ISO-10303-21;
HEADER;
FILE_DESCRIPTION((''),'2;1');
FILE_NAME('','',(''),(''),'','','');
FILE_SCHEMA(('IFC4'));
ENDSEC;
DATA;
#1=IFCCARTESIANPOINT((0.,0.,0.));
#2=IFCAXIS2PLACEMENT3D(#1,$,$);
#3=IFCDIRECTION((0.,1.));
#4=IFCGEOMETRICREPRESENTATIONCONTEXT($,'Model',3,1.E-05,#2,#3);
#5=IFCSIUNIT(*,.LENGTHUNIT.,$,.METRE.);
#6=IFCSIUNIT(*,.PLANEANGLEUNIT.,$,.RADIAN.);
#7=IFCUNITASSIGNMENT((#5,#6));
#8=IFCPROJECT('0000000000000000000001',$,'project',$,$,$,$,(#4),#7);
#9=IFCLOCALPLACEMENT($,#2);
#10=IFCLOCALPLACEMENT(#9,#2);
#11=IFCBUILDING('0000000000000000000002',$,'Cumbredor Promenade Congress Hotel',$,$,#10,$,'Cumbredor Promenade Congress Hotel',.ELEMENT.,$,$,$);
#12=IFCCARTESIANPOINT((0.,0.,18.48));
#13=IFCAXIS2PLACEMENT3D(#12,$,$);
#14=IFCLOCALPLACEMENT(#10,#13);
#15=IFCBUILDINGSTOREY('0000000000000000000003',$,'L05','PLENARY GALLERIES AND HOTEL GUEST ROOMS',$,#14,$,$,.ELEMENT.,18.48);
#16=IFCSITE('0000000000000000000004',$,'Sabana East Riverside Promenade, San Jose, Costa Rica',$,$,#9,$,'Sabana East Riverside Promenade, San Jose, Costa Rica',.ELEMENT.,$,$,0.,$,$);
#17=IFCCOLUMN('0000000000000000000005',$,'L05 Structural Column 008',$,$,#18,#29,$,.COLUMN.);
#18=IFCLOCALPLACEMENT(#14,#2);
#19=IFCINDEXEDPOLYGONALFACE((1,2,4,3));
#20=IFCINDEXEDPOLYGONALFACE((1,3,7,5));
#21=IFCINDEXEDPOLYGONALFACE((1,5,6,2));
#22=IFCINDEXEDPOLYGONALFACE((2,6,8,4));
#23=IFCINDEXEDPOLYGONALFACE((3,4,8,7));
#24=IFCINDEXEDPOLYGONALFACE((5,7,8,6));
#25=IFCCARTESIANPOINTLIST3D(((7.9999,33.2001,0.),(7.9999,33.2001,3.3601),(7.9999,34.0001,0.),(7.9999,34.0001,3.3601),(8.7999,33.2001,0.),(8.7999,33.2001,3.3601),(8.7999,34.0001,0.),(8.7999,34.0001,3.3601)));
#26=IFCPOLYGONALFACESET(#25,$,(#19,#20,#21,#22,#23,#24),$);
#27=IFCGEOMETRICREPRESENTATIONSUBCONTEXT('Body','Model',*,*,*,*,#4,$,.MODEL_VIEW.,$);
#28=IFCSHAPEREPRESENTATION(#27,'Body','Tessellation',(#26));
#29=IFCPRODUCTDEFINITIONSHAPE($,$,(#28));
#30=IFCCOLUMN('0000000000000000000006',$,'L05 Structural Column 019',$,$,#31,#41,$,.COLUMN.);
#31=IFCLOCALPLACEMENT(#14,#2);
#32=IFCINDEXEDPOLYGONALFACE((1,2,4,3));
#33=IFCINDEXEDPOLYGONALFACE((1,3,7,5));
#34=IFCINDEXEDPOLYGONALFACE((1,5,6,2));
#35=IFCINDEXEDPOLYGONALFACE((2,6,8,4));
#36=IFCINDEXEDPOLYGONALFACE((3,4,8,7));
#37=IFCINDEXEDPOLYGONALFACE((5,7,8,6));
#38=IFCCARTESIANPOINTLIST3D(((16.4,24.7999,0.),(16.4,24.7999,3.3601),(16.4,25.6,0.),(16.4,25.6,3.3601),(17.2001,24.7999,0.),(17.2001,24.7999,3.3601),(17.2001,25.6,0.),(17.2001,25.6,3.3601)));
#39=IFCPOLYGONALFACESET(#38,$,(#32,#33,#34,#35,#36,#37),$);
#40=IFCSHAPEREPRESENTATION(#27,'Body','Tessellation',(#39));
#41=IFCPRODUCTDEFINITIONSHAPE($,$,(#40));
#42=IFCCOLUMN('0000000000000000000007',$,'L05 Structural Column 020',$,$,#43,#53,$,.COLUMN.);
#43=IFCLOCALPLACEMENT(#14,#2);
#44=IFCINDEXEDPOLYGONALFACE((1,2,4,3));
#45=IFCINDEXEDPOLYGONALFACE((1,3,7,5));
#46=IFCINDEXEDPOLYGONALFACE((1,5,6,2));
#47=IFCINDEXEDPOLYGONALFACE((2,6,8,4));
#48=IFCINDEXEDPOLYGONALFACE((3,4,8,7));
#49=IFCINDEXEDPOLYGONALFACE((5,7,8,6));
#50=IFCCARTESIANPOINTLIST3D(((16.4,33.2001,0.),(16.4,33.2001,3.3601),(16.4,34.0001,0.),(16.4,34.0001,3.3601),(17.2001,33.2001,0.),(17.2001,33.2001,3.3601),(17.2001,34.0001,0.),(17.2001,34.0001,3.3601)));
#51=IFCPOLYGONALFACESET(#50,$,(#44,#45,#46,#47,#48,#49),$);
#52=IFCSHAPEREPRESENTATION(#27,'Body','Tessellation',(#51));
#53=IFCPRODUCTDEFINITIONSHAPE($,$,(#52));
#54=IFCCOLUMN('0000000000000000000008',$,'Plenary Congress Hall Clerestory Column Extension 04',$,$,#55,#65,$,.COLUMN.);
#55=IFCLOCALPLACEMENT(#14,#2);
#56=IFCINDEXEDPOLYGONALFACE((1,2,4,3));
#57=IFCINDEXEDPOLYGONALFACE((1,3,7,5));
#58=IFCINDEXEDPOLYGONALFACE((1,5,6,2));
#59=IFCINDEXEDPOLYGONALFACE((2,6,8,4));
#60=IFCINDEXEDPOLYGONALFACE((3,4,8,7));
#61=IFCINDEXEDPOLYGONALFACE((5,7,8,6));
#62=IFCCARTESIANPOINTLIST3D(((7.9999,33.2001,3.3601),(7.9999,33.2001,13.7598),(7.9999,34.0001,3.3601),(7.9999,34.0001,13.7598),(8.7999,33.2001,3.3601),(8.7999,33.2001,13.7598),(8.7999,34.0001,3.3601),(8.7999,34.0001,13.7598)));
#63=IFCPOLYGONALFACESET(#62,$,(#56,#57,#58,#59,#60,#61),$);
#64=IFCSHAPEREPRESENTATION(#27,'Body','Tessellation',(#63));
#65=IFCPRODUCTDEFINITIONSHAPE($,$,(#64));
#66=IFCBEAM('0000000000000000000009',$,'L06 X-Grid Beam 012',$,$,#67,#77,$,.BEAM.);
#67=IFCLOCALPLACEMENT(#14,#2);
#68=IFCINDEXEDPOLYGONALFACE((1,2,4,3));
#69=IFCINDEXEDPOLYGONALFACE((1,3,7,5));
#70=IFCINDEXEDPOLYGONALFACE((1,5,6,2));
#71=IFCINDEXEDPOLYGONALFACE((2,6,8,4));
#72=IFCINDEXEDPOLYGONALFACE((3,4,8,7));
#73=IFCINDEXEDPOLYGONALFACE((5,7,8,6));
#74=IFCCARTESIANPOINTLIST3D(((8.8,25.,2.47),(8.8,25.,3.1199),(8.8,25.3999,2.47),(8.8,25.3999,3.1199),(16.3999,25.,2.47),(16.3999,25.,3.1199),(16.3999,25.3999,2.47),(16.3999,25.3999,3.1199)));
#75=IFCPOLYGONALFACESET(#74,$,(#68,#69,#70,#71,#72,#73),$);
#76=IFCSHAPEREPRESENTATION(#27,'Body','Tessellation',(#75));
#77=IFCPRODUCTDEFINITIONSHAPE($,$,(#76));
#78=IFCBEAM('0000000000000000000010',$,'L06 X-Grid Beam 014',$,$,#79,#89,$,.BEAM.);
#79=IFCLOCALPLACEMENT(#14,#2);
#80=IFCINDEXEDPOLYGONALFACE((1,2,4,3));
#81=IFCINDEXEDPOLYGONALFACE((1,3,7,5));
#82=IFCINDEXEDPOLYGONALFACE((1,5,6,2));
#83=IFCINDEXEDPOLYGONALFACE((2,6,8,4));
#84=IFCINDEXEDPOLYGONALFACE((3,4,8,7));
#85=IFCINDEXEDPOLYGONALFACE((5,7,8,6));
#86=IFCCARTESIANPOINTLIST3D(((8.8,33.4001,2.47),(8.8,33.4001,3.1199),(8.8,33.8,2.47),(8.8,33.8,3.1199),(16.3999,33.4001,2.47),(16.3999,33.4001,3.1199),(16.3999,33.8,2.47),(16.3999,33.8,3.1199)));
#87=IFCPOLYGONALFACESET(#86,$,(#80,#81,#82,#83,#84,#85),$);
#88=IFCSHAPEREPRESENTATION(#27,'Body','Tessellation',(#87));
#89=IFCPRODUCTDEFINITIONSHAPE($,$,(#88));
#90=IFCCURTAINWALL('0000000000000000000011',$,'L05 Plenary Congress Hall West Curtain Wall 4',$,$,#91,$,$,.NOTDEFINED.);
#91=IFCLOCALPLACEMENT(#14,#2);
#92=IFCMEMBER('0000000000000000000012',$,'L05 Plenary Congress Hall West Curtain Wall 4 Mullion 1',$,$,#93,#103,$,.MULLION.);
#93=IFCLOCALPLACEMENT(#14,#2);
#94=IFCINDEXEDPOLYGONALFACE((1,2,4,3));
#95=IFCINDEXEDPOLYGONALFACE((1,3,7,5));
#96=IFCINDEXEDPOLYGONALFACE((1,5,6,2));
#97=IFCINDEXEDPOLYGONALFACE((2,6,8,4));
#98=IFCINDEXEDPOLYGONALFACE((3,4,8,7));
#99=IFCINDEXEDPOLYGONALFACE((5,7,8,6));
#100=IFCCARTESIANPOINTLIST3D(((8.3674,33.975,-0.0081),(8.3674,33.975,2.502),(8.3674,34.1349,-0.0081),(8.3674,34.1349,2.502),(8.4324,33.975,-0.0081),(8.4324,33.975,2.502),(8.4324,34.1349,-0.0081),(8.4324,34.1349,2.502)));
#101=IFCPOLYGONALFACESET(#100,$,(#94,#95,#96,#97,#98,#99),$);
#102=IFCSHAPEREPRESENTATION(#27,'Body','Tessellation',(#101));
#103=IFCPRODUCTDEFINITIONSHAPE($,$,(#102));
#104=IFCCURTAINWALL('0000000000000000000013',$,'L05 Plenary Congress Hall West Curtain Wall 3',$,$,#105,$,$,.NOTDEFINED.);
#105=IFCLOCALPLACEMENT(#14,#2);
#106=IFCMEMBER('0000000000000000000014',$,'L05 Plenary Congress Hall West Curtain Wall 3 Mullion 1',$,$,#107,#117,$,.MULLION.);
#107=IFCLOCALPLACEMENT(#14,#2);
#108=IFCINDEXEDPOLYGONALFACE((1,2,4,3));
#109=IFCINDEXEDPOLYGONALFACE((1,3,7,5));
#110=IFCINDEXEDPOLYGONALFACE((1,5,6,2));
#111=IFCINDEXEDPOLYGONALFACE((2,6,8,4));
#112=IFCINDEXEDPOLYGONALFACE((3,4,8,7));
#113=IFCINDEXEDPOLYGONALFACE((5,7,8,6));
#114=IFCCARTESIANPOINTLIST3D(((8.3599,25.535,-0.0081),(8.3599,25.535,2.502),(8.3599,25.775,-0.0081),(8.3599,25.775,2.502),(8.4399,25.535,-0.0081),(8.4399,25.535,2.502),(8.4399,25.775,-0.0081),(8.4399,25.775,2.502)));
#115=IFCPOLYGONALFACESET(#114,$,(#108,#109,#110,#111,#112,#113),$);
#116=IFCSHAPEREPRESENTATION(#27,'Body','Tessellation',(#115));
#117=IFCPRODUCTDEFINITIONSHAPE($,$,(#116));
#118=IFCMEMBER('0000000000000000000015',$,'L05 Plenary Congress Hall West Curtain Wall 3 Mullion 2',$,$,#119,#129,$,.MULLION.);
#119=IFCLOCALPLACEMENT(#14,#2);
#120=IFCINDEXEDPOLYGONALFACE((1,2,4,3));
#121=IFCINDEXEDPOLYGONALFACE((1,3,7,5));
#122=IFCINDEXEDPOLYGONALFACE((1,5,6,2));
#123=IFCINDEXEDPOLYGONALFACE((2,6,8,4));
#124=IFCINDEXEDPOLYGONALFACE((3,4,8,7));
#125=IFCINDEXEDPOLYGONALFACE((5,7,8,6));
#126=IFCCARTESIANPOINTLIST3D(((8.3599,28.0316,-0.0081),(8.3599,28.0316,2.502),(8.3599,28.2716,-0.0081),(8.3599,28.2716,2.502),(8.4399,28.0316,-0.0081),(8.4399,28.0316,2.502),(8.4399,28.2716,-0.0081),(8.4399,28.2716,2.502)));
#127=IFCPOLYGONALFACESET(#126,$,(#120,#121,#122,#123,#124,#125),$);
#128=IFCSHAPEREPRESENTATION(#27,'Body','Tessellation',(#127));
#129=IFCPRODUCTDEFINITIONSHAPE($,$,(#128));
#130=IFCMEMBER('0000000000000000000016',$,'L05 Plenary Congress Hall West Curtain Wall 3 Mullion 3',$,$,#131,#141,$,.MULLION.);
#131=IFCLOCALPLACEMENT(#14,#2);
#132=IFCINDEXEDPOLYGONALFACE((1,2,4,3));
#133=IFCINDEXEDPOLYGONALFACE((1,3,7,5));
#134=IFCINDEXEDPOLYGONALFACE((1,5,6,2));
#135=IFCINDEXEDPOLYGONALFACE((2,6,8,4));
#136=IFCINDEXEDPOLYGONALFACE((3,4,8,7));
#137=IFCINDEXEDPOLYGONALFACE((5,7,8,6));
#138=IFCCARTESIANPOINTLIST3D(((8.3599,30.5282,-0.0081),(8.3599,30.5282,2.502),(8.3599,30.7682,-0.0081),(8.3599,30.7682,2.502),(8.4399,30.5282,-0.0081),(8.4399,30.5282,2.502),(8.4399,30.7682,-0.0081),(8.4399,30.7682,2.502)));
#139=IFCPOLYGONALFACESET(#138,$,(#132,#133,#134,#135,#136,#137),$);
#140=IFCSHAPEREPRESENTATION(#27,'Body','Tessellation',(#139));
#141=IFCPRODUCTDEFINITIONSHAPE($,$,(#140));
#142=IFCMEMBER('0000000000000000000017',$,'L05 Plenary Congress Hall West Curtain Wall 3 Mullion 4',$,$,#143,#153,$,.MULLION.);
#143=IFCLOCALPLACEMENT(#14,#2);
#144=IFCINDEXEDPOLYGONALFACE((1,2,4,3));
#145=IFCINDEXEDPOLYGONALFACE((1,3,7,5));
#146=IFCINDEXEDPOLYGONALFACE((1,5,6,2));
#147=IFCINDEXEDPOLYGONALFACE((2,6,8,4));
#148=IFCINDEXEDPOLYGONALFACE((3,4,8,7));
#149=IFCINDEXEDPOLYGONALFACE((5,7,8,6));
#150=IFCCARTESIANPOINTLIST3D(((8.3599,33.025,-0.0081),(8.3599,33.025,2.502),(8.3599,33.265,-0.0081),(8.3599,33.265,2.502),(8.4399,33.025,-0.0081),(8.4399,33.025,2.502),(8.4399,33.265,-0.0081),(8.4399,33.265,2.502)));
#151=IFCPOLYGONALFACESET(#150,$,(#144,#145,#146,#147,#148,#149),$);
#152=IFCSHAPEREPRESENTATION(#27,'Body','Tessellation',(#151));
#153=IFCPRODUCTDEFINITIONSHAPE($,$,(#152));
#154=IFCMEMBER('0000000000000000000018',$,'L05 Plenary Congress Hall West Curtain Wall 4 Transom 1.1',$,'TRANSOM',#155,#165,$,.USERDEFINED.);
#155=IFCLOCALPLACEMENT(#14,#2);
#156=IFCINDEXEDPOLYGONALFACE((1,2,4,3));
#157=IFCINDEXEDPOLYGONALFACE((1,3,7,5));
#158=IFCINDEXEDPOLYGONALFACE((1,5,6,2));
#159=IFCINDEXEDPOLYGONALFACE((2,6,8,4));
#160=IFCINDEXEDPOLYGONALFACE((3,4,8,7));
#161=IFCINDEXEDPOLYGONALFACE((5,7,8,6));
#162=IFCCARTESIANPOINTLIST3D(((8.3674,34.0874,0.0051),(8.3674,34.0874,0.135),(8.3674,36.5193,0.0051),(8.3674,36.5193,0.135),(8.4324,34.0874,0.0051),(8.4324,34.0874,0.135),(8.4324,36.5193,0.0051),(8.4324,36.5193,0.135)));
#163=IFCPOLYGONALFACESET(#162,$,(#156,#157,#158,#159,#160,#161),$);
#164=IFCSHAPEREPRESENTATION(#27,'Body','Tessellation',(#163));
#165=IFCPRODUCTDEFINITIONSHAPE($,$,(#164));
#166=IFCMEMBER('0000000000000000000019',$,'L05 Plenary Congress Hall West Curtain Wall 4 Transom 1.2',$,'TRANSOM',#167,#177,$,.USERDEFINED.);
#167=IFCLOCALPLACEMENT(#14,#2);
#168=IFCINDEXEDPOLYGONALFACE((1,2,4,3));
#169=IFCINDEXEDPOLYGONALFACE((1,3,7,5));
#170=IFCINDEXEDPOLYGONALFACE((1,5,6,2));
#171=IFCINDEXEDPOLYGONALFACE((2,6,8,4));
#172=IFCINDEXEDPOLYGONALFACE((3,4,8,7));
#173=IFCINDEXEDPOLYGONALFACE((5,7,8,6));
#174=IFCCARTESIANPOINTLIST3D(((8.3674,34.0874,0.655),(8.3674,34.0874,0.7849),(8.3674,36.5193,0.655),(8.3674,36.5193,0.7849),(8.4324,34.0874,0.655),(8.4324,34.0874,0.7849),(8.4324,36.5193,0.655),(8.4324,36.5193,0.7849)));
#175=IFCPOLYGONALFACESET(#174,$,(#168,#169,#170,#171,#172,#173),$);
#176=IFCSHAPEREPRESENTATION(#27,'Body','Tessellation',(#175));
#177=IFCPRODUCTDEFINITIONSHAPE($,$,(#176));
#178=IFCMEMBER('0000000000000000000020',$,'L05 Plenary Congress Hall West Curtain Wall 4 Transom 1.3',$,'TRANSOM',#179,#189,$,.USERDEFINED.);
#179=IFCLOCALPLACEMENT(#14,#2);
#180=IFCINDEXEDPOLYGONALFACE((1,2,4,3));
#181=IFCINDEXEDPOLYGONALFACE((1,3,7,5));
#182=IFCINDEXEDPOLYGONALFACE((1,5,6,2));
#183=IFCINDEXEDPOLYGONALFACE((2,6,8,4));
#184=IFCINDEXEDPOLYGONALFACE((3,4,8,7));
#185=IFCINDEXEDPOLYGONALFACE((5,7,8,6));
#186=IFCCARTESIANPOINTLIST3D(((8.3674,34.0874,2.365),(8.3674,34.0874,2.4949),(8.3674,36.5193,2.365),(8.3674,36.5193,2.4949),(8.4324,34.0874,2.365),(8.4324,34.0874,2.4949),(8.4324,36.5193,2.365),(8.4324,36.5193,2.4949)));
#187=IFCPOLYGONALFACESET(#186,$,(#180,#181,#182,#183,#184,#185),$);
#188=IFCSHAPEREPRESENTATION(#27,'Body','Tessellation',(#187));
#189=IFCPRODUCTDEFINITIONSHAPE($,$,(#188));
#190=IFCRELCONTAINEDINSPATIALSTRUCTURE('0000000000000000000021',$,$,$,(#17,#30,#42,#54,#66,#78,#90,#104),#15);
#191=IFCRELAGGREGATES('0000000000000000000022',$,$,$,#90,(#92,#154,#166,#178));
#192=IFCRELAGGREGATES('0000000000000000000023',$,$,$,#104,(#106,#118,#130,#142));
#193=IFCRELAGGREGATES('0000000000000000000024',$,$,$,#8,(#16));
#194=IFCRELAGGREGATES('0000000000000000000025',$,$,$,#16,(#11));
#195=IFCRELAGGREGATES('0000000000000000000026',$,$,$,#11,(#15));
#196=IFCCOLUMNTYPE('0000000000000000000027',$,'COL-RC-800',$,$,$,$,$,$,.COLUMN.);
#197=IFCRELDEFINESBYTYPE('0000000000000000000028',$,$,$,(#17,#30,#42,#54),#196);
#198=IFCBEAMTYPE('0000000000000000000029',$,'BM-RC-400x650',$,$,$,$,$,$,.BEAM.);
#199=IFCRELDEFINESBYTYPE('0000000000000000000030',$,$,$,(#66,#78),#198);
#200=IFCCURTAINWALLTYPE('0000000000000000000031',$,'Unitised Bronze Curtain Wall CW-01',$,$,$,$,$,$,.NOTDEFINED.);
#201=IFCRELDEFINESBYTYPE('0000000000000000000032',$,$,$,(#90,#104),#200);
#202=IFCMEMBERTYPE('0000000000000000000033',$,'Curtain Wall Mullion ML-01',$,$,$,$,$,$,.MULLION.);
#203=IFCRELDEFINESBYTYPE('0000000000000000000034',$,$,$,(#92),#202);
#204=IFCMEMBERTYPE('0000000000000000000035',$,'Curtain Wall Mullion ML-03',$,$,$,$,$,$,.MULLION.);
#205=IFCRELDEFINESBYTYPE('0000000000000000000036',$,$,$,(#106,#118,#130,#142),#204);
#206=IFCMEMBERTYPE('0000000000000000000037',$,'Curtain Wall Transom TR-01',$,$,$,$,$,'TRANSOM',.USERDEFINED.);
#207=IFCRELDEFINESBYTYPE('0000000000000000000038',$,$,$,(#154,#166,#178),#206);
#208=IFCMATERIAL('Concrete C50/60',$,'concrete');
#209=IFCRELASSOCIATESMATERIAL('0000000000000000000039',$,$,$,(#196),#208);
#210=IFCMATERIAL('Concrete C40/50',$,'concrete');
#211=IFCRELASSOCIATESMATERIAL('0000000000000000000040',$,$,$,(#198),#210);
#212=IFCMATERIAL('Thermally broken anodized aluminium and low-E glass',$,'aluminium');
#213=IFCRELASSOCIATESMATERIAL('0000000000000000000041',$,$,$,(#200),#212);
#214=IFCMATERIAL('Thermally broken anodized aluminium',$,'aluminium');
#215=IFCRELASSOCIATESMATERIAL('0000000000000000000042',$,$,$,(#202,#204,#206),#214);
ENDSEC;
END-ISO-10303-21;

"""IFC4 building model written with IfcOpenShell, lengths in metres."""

from ifc_helpers import new_model, si_unit, direction, frame, origin, origin_2d, place, context, subcontext, project, spatial, rectangle, extrude, material, material_profile, profile_set, type_object, element, aggregate, save


model = new_model("IFC4")

# Units and contexts
model_context = context("Model", 3, precision=1e-05, world=origin(), true_north=direction((0.0, 1.0)))
body_context = subcontext(model_context, "Body", "Model", "MODEL_VIEW")
ifc_project = project(units=[si_unit("LENGTHUNIT", "METRE"), si_unit("PLANEANGLEUNIT", "RADIAN")], contexts=[model_context])

# Site, building, storey
site_placement = place(None, origin())
site = spatial("IfcSite", under=ifc_project, at=site_placement, Name="Sabana East Riverside Promenade, San Jose, Costa Rica", LongName="Sabana East Riverside Promenade, San Jose, Costa Rica", CompositionType="ELEMENT", RefElevation=0.0)
building_placement = place(site_placement, origin())
building = spatial("IfcBuilding", under=site, at=building_placement, Name="Cumbredor Promenade Congress Hotel", LongName="Cumbredor Promenade Congress Hotel", CompositionType="ELEMENT")
storey_placement = place(building_placement, frame((0.0, 0.0, 18.48)))
storey = spatial("IfcBuildingStorey", under=building, at=storey_placement, Name="L05", Description="PLENARY GALLERIES AND HOTEL GUEST ROOMS", CompositionType="ELEMENT", Elevation=18.48)

# Columns
ifc_material_1 = material(Name="Concrete C50/60", Category="concrete")
ifc_material_profile_1 = material_profile(ifc_material_1, rectangle(XDim=0.8, YDim=0.8, at=origin_2d()), Name="RC 800x800")
ifc_profile_set_1 = profile_set([ifc_material_profile_1], Name="Concrete C50/60")
column_type = type_object("IfcColumnType", Name="COL-RC-800", PredefinedType="COLUMN", material=ifc_profile_set_1)
for number, where, z_axis, x_axis, name in (
    (1, (8.3999, 33.6001, 0.0), (0.0, 0.0, 1.0), (1.0, 0.0, 0.0), "L05 Structural Column 008"),
    (2, (16.8, 25.2, 0.0), (0.0, 0.0, 1.0), (1.0, 0.0, 0.0), "L05 Structural Column 019"),
    (3, (16.8, 33.6001, 0.0), (0.0, 0.0, 1.0), (1.0, 0.0, 0.0), "L05 Structural Column 020"),
):
    element("IfcColumn", number, at=place(storey_placement, frame(where, z_axis=z_axis, x_axis=x_axis)), inside=storey, type_object=column_type, Name=name, PredefinedType="COLUMN", context=body_context, shape_type="SweptSolid", body=[
        extrude(rectangle(XDim=0.8, YDim=0.8, at=origin_2d()), origin(), (0.0, 0.0, 1.0), 3.3601),
    ])
column_placement = place(storey_placement, frame((8.3999, 33.6001, 3.3601), z_axis=(0.0, 0.0, 1.0), x_axis=(1.0, 0.0, 0.0)))
element("IfcColumn", 4, at=column_placement, inside=storey, type_object=column_type, Name="Plenary Congress Hall Clerestory Column Extension 04", PredefinedType="COLUMN", context=body_context, shape_type="SweptSolid", body=[
    extrude(rectangle(XDim=0.8, YDim=0.8, at=origin_2d()), origin(), (0.0, 0.0, 1.0), 10.3997),
])

# Beams
ifc_material_2 = material(Name="Concrete C40/50", Category="concrete")
ifc_material_profile_2 = material_profile(ifc_material_2, rectangle(XDim=0.3999, YDim=0.6499, at=origin_2d()), Name="RC BEAM 400x650")
ifc_profile_set_2 = profile_set([ifc_material_profile_2], Name="Concrete C40/50")
beam_type_1 = type_object("IfcBeamType", Name="BM-RC-400x650", PredefinedType="BEAM", material=ifc_profile_set_2)
for number, where, z_axis, x_axis, name in (
    (5, (8.8, 25.2, 2.7949), (1.0, 0.0, 0.0), (0.0, 1.0, 0.0), "L06 X-Grid Beam 012"),
    (6, (8.8, 33.6001, 2.7949), (1.0, 0.0, 0.0), (0.0, 1.0, 0.0), "L06 X-Grid Beam 014"),
):
    element("IfcBeam", number, at=place(storey_placement, frame(where, z_axis=z_axis, x_axis=x_axis)), inside=storey, type_object=beam_type_1, Name=name, PredefinedType="BEAM", context=body_context, shape_type="SweptSolid", body=[
        extrude(rectangle(XDim=0.3999, YDim=0.6499, at=origin_2d()), origin(), (0.0, 0.0, 1.0), 7.5999),
    ])

# Curtain wall, member
ifc_material_3 = material(Name="Thermally broken anodized aluminium and low-E glass", Category="aluminium")
curtain_wall_type = type_object("IfcCurtainWallType", Name="Unitised Bronze Curtain Wall CW-01", PredefinedType="NOTDEFINED", material=ifc_material_3)
curtain_wall_1_placement = place(storey_placement, origin())
curtain_wall_1 = element("IfcCurtainWall", 7, at=curtain_wall_1_placement, inside=storey, type_object=curtain_wall_type, Name="L05 Plenary Congress Hall West Curtain Wall 4", PredefinedType="NOTDEFINED")
ifc_material_4 = material(Name="Thermally broken anodized aluminium", Category="aluminium")
ifc_material_profile_3 = material_profile(ifc_material_4, rectangle(XDim=0.0649, YDim=0.1599, at=origin_2d()), Name="ALU MULLION 65x160")
ifc_profile_set_3 = profile_set([ifc_material_profile_3], Name="Thermally broken anodized aluminium")
member_type_1 = type_object("IfcMemberType", Name="Curtain Wall Mullion ML-01", PredefinedType="MULLION", material=ifc_profile_set_3)
member_1_placement = place(storey_placement, frame((8.3999, 34.0549, -0.0081), z_axis=(0.0, 0.0, 1.0), x_axis=(1.0, 0.0, 0.0)))
member_1 = element("IfcMember", 8, at=member_1_placement, type_object=member_type_1, Name="L05 Plenary Congress Hall West Curtain Wall 4 Mullion 1", PredefinedType="MULLION", context=body_context, shape_type="SweptSolid", body=[
    extrude(rectangle(XDim=0.0649, YDim=0.1599, at=origin_2d()), origin(), (0.0, 0.0, 1.0), 2.51),
])

# Curtain wall, members
curtain_wall_2_placement = place(storey_placement, origin())
curtain_wall_2 = element("IfcCurtainWall", 9, at=curtain_wall_2_placement, inside=storey, type_object=curtain_wall_type, Name="L05 Plenary Congress Hall West Curtain Wall 3", PredefinedType="NOTDEFINED")
ifc_material_profile_4 = material_profile(ifc_material_4, rectangle(XDim=0.0801, YDim=0.24, at=origin_2d()), Name="ALU MULLION 80x240")
ifc_profile_set_4 = profile_set([ifc_material_profile_4], Name="Thermally broken anodized aluminium")
member_type_2 = type_object("IfcMemberType", Name="Curtain Wall Mullion ML-03", PredefinedType="MULLION", material=ifc_profile_set_4)
member_2_placement = place(storey_placement, frame((8.3999, 25.655, -0.0081), z_axis=(0.0, 0.0, 1.0), x_axis=(1.0, 0.0, 0.0)))
member_2 = element("IfcMember", 10, at=member_2_placement, type_object=member_type_2, Name="L05 Plenary Congress Hall West Curtain Wall 3 Mullion 1", PredefinedType="MULLION", context=body_context, shape_type="SweptSolid", body=[
    extrude(rectangle(XDim=0.0801, YDim=0.24, at=origin_2d()), origin(), (0.0, 0.0, 1.0), 2.51),
])
member_3_placement = place(storey_placement, frame((8.3999, 28.1516, -0.0081), z_axis=(0.0, 0.0, 1.0), x_axis=(1.0, 0.0, 0.0)))
member_3 = element("IfcMember", 11, at=member_3_placement, type_object=member_type_2, Name="L05 Plenary Congress Hall West Curtain Wall 3 Mullion 2", PredefinedType="MULLION", context=body_context, shape_type="SweptSolid", body=[
    extrude(rectangle(XDim=0.0801, YDim=0.24, at=origin_2d()), origin(), (0.0, 0.0, 1.0), 2.51),
])
member_4_placement = place(storey_placement, frame((8.3999, 30.6482, -0.0081), z_axis=(0.0, 0.0, 1.0), x_axis=(1.0, 0.0, 0.0)))
member_4 = element("IfcMember", 12, at=member_4_placement, type_object=member_type_2, Name="L05 Plenary Congress Hall West Curtain Wall 3 Mullion 3", PredefinedType="MULLION", context=body_context, shape_type="SweptSolid", body=[
    extrude(rectangle(XDim=0.0801, YDim=0.24, at=origin_2d()), origin(), (0.0, 0.0, 1.0), 2.51),
])
member_5_placement = place(storey_placement, frame((8.3999, 33.145, -0.0081), z_axis=(0.0, 0.0, 1.0), x_axis=(1.0, 0.0, 0.0)))
member_5 = element("IfcMember", 13, at=member_5_placement, type_object=member_type_2, Name="L05 Plenary Congress Hall West Curtain Wall 3 Mullion 4", PredefinedType="MULLION", context=body_context, shape_type="SweptSolid", body=[
    extrude(rectangle(XDim=0.0801, YDim=0.24, at=origin_2d()), origin(), (0.0, 0.0, 1.0), 2.51),
])

# Members
ifc_material_profile_5 = material_profile(ifc_material_4, rectangle(XDim=0.0649, YDim=0.1299, at=origin_2d()), Name="ALU TRANSOM 65x130")
ifc_profile_set_5 = profile_set([ifc_material_profile_5], Name="Thermally broken anodized aluminium")
member_type_3 = type_object("IfcMemberType", Name="Curtain Wall Transom TR-01", ElementType="TRANSOM", PredefinedType="USERDEFINED", material=ifc_profile_set_5)
member_6_placement = place(storey_placement, frame((8.3999, 34.0874, 0.0701), z_axis=(0.0, 1.0, 0.0), x_axis=(-1.0, 0.0, 0.0)))
member_6 = element("IfcMember", 14, at=member_6_placement, type_object=member_type_3, Name="L05 Plenary Congress Hall West Curtain Wall 4 Transom 1.1", ObjectType="TRANSOM", PredefinedType="USERDEFINED", context=body_context, shape_type="SweptSolid", body=[
    extrude(rectangle(XDim=0.0649, YDim=0.1299, at=origin_2d()), origin(), (0.0, 0.0, 1.0), 2.4319),
])
member_7_placement = place(storey_placement, frame((8.3999, 34.0874, 0.72), z_axis=(0.0, 1.0, 0.0), x_axis=(-1.0, 0.0, 0.0)))
member_7 = element("IfcMember", 15, at=member_7_placement, type_object=member_type_3, Name="L05 Plenary Congress Hall West Curtain Wall 4 Transom 1.2", ObjectType="TRANSOM", PredefinedType="USERDEFINED", context=body_context, shape_type="SweptSolid", body=[
    extrude(rectangle(XDim=0.0649, YDim=0.1299, at=origin_2d()), origin(), (0.0, 0.0, 1.0), 2.4319),
])
member_8_placement = place(storey_placement, frame((8.3999, 34.0874, 2.4299), z_axis=(0.0, 1.0, 0.0), x_axis=(-1.0, 0.0, 0.0)))
member_8 = element("IfcMember", 16, at=member_8_placement, type_object=member_type_3, Name="L05 Plenary Congress Hall West Curtain Wall 4 Transom 1.3", ObjectType="TRANSOM", PredefinedType="USERDEFINED", context=body_context, shape_type="SweptSolid", body=[
    extrude(rectangle(XDim=0.0649, YDim=0.1299, at=origin_2d()), origin(), (0.0, 0.0, 1.0), 2.4319),
])
aggregate(curtain_wall_1, [member_1, member_6, member_7, member_8])

aggregate(curtain_wall_2, [member_2, member_3, member_4, member_5])

save(model, "model.ifc")
